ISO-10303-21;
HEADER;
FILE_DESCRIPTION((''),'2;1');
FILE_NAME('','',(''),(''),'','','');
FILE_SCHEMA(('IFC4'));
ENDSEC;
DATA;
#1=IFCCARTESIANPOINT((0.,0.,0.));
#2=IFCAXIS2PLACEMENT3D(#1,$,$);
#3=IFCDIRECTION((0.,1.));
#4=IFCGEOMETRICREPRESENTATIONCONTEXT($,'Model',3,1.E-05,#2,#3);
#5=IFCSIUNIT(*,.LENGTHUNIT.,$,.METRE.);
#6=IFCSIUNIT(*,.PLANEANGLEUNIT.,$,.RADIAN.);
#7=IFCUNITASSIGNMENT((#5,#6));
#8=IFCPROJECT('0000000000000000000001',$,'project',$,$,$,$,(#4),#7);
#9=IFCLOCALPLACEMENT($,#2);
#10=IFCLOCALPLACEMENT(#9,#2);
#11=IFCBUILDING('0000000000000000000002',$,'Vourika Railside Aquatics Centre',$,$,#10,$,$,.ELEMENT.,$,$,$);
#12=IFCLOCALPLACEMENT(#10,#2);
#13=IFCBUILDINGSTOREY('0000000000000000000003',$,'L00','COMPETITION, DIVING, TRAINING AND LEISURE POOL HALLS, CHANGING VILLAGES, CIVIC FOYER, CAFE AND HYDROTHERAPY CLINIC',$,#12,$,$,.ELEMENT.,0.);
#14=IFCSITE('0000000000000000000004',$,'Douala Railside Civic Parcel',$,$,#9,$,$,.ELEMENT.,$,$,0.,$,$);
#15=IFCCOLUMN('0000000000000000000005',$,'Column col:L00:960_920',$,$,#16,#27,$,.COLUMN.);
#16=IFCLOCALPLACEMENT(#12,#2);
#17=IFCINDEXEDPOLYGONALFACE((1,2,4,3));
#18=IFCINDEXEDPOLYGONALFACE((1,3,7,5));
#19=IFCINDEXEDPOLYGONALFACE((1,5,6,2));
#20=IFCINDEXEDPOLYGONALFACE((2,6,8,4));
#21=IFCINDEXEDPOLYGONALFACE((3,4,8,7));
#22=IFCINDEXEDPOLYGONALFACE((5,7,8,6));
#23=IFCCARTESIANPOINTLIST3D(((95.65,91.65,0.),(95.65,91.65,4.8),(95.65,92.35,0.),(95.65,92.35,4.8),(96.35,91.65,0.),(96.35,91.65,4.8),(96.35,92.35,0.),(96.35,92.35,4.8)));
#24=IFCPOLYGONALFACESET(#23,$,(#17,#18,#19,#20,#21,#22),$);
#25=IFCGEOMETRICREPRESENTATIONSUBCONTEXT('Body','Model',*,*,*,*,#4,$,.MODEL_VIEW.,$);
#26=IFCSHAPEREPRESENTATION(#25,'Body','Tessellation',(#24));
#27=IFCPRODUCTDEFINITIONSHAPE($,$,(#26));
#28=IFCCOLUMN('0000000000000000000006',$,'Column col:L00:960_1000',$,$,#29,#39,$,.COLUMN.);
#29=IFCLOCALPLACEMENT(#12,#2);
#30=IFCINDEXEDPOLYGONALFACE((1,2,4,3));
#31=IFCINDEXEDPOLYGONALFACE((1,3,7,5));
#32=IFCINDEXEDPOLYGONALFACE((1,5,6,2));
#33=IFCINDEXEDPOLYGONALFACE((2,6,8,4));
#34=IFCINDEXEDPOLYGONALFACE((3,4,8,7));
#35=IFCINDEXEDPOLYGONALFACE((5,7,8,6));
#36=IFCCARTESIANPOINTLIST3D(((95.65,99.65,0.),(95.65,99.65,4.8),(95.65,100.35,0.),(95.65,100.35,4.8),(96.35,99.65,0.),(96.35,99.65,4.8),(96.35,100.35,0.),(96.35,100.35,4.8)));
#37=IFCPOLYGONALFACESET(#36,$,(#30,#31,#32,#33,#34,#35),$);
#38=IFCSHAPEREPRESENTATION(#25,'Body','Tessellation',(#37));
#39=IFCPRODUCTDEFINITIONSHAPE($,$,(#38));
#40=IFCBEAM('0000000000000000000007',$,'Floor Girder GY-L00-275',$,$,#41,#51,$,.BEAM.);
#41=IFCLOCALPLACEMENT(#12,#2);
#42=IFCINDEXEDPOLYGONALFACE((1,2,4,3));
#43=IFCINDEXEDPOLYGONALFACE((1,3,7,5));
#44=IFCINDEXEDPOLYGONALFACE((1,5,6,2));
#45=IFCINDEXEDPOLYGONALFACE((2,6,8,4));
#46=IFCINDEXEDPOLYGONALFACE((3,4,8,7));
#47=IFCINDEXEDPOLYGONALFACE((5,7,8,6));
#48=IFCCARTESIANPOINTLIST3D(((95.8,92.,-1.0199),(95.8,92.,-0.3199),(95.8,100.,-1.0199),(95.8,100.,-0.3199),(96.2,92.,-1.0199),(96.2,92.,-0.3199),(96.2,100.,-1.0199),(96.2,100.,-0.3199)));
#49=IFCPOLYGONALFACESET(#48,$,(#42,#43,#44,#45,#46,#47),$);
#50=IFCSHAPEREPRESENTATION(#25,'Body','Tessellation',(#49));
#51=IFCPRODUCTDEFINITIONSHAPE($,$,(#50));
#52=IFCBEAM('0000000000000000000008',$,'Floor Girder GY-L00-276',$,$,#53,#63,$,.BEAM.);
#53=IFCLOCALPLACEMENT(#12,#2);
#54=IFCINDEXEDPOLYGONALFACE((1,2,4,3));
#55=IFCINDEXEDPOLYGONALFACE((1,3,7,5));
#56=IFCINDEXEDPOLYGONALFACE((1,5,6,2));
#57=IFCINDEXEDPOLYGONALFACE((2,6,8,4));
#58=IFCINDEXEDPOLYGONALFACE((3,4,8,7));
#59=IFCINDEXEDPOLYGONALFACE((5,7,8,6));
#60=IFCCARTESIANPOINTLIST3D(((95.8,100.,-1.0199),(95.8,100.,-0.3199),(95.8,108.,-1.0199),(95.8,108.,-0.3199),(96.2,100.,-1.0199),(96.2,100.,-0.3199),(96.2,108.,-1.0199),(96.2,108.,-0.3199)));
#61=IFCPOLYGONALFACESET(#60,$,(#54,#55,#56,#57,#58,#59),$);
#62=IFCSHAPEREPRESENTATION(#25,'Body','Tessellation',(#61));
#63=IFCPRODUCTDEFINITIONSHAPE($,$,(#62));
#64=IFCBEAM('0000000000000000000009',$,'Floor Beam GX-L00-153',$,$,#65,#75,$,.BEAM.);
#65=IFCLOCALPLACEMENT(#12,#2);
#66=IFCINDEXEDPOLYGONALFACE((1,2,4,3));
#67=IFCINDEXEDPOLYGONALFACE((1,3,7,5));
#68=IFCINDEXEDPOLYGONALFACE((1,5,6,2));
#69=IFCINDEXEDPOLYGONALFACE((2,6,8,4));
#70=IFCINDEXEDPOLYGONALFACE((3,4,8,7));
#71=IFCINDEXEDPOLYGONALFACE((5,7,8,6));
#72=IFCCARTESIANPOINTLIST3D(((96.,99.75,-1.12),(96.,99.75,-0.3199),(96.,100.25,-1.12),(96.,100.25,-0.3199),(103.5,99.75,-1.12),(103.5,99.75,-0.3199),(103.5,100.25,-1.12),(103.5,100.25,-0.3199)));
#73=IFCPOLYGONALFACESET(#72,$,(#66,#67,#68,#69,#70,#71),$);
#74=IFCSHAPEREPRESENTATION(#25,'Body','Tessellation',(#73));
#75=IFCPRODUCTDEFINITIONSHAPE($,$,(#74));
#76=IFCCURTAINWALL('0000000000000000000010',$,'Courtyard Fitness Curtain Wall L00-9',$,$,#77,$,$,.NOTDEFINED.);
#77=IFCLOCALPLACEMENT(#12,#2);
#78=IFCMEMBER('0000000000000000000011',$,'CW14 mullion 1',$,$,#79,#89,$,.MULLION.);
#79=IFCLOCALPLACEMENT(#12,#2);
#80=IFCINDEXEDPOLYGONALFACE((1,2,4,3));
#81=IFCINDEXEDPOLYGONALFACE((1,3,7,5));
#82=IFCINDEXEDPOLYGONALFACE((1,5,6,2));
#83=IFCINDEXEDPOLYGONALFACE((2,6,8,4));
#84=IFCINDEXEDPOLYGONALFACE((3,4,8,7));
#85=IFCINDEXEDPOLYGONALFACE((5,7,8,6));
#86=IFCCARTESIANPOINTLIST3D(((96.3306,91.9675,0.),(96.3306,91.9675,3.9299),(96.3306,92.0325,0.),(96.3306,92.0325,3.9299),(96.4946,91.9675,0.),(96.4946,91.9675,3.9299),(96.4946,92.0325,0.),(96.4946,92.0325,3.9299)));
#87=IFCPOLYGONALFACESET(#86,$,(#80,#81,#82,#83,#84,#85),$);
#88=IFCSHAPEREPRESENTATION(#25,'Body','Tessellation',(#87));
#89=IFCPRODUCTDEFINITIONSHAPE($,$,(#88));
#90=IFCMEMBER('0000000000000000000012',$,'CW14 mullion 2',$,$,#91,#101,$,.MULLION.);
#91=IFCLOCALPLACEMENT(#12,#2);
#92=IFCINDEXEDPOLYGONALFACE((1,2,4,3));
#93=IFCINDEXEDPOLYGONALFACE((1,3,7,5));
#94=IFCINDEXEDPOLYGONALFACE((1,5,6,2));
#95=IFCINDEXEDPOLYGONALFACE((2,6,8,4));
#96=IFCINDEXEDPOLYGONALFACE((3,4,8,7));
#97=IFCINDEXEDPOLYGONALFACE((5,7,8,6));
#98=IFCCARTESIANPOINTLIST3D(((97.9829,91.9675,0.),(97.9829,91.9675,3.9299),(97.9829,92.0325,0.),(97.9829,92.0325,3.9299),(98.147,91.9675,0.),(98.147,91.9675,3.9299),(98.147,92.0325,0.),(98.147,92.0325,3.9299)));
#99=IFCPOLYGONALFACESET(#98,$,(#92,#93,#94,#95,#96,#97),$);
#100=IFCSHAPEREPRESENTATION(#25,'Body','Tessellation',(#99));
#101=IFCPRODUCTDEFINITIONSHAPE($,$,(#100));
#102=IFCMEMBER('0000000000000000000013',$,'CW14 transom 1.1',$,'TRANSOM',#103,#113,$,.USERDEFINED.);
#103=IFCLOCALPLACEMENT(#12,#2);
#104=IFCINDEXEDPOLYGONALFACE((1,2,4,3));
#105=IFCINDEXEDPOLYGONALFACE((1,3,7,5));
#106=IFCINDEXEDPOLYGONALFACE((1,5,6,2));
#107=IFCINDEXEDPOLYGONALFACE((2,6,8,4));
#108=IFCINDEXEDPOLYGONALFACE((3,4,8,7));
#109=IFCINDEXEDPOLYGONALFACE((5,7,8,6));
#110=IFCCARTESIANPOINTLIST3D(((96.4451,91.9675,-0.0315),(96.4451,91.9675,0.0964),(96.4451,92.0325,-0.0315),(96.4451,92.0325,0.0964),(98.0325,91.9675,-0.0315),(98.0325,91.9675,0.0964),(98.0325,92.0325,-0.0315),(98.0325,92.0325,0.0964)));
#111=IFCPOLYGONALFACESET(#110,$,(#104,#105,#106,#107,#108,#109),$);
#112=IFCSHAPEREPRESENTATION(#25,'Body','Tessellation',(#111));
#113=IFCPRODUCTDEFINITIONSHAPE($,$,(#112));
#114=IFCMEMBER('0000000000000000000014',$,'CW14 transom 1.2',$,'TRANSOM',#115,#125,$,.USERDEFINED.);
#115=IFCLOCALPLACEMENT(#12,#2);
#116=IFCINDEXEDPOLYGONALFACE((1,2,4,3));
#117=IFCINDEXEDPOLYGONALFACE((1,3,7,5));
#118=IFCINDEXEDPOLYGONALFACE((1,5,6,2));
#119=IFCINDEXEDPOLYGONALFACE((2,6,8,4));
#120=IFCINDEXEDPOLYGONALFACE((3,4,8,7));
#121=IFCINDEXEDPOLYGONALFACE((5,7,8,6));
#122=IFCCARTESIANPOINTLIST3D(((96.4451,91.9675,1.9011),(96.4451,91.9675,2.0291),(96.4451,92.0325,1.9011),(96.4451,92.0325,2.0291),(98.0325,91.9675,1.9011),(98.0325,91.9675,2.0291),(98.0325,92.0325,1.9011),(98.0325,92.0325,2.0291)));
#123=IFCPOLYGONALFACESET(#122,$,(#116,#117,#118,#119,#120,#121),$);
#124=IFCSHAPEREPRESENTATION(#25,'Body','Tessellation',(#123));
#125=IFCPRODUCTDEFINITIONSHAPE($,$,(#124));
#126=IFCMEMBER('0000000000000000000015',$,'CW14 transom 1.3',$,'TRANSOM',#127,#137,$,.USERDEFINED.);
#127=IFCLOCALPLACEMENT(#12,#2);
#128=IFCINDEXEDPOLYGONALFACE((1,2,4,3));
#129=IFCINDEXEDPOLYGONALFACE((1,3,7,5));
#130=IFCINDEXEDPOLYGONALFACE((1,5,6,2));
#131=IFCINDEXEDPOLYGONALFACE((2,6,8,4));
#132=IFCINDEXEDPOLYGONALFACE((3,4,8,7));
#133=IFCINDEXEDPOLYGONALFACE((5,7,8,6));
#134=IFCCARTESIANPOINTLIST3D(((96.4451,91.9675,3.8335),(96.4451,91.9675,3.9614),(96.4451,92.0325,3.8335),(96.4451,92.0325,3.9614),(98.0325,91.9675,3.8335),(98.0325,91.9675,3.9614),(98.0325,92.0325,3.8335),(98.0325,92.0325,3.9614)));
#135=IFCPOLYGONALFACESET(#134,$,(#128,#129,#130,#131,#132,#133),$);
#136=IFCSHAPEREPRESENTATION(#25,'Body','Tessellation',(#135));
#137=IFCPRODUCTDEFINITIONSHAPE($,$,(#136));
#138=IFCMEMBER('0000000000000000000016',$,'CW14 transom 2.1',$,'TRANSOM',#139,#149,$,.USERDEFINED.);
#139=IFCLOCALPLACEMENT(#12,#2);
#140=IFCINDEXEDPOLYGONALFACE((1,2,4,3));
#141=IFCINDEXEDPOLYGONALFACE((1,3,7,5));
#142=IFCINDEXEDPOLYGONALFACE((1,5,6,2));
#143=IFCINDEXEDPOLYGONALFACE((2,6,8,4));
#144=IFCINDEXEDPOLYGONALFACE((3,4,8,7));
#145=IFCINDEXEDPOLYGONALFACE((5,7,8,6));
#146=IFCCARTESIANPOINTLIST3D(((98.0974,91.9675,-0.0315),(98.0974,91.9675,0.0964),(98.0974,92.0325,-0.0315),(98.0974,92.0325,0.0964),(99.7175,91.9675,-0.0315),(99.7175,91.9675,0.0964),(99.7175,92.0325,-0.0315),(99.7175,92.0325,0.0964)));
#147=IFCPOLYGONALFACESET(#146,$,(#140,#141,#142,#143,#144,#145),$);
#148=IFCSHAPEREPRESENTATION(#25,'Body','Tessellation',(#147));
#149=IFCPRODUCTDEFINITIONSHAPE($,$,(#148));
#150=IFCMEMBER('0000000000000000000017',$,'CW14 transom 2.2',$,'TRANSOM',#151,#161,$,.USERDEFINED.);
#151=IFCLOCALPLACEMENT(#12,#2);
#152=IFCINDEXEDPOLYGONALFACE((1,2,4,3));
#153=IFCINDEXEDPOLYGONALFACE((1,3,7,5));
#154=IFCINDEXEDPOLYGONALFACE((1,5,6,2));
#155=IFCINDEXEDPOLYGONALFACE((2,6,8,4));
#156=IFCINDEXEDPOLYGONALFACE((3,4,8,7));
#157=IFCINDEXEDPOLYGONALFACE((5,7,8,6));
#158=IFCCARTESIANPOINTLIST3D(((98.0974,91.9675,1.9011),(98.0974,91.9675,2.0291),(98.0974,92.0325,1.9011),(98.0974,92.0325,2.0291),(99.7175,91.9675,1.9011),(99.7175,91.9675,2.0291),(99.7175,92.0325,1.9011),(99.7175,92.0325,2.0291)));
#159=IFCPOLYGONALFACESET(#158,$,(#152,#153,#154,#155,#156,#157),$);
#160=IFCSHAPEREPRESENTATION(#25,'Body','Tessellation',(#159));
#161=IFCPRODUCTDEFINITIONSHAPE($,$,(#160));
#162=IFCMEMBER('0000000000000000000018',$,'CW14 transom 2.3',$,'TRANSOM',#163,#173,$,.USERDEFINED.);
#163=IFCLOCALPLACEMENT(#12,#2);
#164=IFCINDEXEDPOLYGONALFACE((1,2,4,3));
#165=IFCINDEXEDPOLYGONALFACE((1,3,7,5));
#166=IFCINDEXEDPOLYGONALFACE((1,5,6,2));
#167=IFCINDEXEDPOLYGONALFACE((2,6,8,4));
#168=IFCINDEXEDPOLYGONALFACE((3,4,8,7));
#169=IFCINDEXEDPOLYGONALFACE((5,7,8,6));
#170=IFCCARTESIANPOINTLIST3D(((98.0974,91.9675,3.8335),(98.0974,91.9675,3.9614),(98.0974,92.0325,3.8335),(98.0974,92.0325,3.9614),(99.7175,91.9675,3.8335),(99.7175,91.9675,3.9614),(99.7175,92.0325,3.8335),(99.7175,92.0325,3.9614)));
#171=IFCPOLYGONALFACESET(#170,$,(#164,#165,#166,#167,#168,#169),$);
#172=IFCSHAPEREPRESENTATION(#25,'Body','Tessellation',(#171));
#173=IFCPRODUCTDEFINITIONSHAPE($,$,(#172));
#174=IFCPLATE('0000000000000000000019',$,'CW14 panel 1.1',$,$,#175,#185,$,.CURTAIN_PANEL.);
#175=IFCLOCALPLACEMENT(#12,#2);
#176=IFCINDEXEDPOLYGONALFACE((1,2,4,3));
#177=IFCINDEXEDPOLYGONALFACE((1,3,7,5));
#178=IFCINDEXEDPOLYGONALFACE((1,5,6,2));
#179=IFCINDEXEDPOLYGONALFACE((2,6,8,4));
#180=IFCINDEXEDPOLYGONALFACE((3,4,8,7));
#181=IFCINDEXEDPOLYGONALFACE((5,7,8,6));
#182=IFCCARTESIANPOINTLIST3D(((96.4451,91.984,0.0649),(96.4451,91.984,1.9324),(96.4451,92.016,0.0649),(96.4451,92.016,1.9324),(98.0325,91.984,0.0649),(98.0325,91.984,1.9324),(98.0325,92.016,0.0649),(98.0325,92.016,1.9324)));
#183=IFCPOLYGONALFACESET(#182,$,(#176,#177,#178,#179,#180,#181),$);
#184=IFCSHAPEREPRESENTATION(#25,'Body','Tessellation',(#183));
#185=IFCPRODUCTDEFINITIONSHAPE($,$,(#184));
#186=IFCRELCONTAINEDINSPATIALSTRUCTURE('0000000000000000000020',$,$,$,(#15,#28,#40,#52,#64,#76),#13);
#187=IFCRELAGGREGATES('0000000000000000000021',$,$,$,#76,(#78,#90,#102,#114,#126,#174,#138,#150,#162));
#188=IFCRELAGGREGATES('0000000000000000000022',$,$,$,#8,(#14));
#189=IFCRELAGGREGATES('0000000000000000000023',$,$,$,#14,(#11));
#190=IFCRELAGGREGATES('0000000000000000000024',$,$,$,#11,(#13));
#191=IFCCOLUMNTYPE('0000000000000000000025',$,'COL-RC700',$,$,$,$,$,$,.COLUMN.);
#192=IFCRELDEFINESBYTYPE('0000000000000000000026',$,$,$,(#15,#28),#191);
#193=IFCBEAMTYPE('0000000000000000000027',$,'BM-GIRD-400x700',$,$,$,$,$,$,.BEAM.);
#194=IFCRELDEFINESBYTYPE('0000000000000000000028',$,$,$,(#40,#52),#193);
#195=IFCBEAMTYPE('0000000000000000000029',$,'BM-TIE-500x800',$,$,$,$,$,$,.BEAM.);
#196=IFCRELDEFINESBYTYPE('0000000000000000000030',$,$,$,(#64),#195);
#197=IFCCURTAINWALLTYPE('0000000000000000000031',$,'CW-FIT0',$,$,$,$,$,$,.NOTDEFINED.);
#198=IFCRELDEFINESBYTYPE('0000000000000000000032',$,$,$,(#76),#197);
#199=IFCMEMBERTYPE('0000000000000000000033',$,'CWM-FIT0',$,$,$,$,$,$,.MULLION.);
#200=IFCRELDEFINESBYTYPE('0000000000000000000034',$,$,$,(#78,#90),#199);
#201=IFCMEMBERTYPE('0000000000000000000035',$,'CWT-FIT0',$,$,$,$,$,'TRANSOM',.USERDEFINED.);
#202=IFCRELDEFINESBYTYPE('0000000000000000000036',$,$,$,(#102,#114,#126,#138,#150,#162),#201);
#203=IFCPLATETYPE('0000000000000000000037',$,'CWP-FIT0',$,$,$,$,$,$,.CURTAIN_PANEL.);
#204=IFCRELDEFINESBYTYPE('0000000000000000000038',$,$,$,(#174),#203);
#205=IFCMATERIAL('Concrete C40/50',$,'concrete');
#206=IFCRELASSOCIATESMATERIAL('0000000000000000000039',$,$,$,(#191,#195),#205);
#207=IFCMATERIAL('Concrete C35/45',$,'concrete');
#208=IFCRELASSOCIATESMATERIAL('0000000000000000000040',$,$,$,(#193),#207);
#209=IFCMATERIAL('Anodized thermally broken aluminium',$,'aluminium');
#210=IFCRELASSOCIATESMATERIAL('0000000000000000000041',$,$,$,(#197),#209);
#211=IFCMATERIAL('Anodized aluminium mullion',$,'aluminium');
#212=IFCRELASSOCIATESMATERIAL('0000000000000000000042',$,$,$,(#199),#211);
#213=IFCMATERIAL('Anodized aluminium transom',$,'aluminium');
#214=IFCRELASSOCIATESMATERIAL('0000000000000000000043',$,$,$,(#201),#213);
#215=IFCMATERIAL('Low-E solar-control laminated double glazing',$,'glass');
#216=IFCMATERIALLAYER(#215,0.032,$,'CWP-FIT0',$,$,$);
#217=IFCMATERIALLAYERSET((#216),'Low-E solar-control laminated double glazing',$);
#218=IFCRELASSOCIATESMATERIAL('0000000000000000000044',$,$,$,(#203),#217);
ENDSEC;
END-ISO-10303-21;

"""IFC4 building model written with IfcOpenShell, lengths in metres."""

from ifc_helpers import new_model, si_unit, direction, frame, origin, origin_2d, place, context, subcontext, project, spatial, rectangle, extrude, material, layer, layer_set, material_profile, profile_set, type_object, element, aggregate, save


model = new_model("IFC4")

# Units and contexts
model_context = context("Model", 3, precision=1e-05, world=origin(), true_north=direction((0.0, 1.0)))
body_context = subcontext(model_context, "Body", "Model", "MODEL_VIEW")
ifc_project = project(units=[si_unit("LENGTHUNIT", "METRE"), si_unit("PLANEANGLEUNIT", "RADIAN")], contexts=[model_context])

# Site, building, storey
site_placement = place(None, origin())
site = spatial("IfcSite", under=ifc_project, at=site_placement, Name="Douala Railside Civic Parcel", CompositionType="ELEMENT", RefElevation=0.0)
building_placement = place(site_placement, origin())
building = spatial("IfcBuilding", under=site, at=building_placement, Name="Vourika Railside Aquatics Centre", CompositionType="ELEMENT")
storey_placement = place(building_placement, origin())
storey = spatial("IfcBuildingStorey", under=building, at=storey_placement, Name="L00", Description="COMPETITION, DIVING, TRAINING AND LEISURE POOL HALLS, CHANGING VILLAGES, CIVIC FOYER, CAFE AND HYDROTHERAPY CLINIC", CompositionType="ELEMENT", Elevation=0.0)

# Columns
ifc_material_1 = material(Name="Concrete C40/50", Category="concrete")
ifc_material_profile_1 = material_profile(ifc_material_1, rectangle(XDim=0.7, YDim=0.7, at=origin_2d()), Name="RC 700x700")
ifc_profile_set_1 = profile_set([ifc_material_profile_1], Name="Concrete C40/50")
column_type = type_object("IfcColumnType", Name="COL-RC700", PredefinedType="COLUMN", material=ifc_profile_set_1)
for number, where, z_axis, x_axis, name in (
    (1, (96.0, 92.0, 0.0), (0.0, 0.0, 1.0), (1.0, 0.0, 0.0), "Column col:L00:960_920"),
    (2, (96.0, 100.0, 0.0), (0.0, 0.0, 1.0), (1.0, 0.0, 0.0), "Column col:L00:960_1000"),
):
    element("IfcColumn", number, at=place(storey_placement, frame(where, z_axis=z_axis, x_axis=x_axis)), inside=storey, type_object=column_type, Name=name, PredefinedType="COLUMN", context=body_context, shape_type="SweptSolid", body=[
        extrude(rectangle(XDim=0.7, YDim=0.7, at=origin_2d()), origin(), (0.0, 0.0, 1.0), 4.8),
    ])

# Beams
ifc_material_2 = material(Name="Concrete C35/45", Category="concrete")
ifc_material_profile_2 = material_profile(ifc_material_2, rectangle(XDim=0.3999, YDim=0.7, at=origin_2d()), Name="RC 400x700")
ifc_profile_set_2 = profile_set([ifc_material_profile_2], Name="Concrete C35/45")
beam_type_1 = type_object("IfcBeamType", Name="BM-GIRD-400x700", PredefinedType="BEAM", material=ifc_profile_set_2)
for number, where, z_axis, x_axis, name in (
    (3, (96.0, 92.0, -0.6699), (0.0, 1.0, 0.0), (-1.0, 0.0, 0.0), "Floor Girder GY-L00-275"),
    (4, (96.0, 100.0, -0.6699), (0.0, 1.0, 0.0), (-1.0, 0.0, 0.0), "Floor Girder GY-L00-276"),
):
    element("IfcBeam", number, at=place(storey_placement, frame(where, z_axis=z_axis, x_axis=x_axis)), inside=storey, type_object=beam_type_1, Name=name, PredefinedType="BEAM", context=body_context, shape_type="SweptSolid", body=[
        extrude(rectangle(XDim=0.3999, YDim=0.7, at=origin_2d()), origin(), (0.0, 0.0, 1.0), 8.0),
    ])
ifc_material_profile_3 = material_profile(ifc_material_1, rectangle(XDim=0.5, YDim=0.8, at=origin_2d()), Name="RC 500x800")
ifc_profile_set_3 = profile_set([ifc_material_profile_3], Name="Concrete C40/50")
beam_type_2 = type_object("IfcBeamType", Name="BM-TIE-500x800", PredefinedType="BEAM", material=ifc_profile_set_3)
beam_placement = place(storey_placement, frame((96.0, 100.0, -0.72), z_axis=(1.0, 0.0, 0.0), x_axis=(0.0, 1.0, 0.0)))
element("IfcBeam", 5, at=beam_placement, inside=storey, type_object=beam_type_2, Name="Floor Beam GX-L00-153", PredefinedType="BEAM", context=body_context, shape_type="SweptSolid", body=[
    extrude(rectangle(XDim=0.5, YDim=0.8, at=origin_2d()), origin(), (0.0, 0.0, 1.0), 7.5),
])

# Curtain wall, members, plate
ifc_material_3 = material(Name="Anodized thermally broken aluminium", Category="aluminium")
curtain_wall_type = type_object("IfcCurtainWallType", Name="CW-FIT0", PredefinedType="NOTDEFINED", material=ifc_material_3)
curtain_wall_placement = place(storey_placement, origin())
curtain_wall = element("IfcCurtainWall", 6, at=curtain_wall_placement, inside=storey, type_object=curtain_wall_type, Name="Courtyard Fitness Curtain Wall L00-9", PredefinedType="NOTDEFINED")
ifc_material_4 = material(Name="Anodized aluminium mullion", Category="aluminium")
ifc_material_profile_4 = material_profile(ifc_material_4, rectangle(XDim=0.0649, YDim=0.1641, at=origin_2d()), Name="ALU-M 65x164")
ifc_profile_set_4 = profile_set([ifc_material_profile_4], Name="Anodized aluminium mullion")
member_type_1 = type_object("IfcMemberType", Name="CWM-FIT0", PredefinedType="MULLION", material=ifc_profile_set_4)
member_1_placement = place(storey_placement, frame((96.4126, 92.0, 0.0), z_axis=(0.0, 0.0, 1.0), x_axis=(0.0, 1.0, 0.0)))
member_1 = element("IfcMember", 7, at=member_1_placement, type_object=member_type_1, Name="CW14 mullion 1", PredefinedType="MULLION", context=body_context, shape_type="SweptSolid", body=[
    extrude(rectangle(XDim=0.0649, YDim=0.1641, at=origin_2d()), origin(), (0.0, 0.0, 1.0), 3.9299),
])
member_2_placement = place(storey_placement, frame((98.0649, 92.0, 0.0), z_axis=(0.0, 0.0, 1.0), x_axis=(0.0, 1.0, 0.0)))
member_2 = element("IfcMember", 8, at=member_2_placement, type_object=member_type_1, Name="CW14 mullion 2", PredefinedType="MULLION", context=body_context, shape_type="SweptSolid", body=[
    extrude(rectangle(XDim=0.0649, YDim=0.1641, at=origin_2d()), origin(), (0.0, 0.0, 1.0), 3.9299),
])
ifc_material_5 = material(Name="Anodized aluminium transom", Category="aluminium")
ifc_material_profile_5 = material_profile(ifc_material_5, rectangle(XDim=0.0649, YDim=0.1279, at=origin_2d()), Name="ALU-T 65x128")
ifc_profile_set_5 = profile_set([ifc_material_profile_5], Name="Anodized aluminium transom")
member_type_2 = type_object("IfcMemberType", Name="CWT-FIT0", ElementType="TRANSOM", PredefinedType="USERDEFINED", material=ifc_profile_set_5)
member_3_placement = place(storey_placement, frame((96.4451, 92.0, 0.0325), z_axis=(1.0, 0.0, 0.0), x_axis=(0.0, 1.0, 0.0)))
member_3 = element("IfcMember", 9, at=member_3_placement, type_object=member_type_2, Name="CW14 transom 1.1", ObjectType="TRANSOM", PredefinedType="USERDEFINED", context=body_context, shape_type="SweptSolid", body=[
    extrude(rectangle(XDim=0.0649, YDim=0.1279, at=origin_2d()), origin(), (0.0, 0.0, 1.0), 1.5874),
])
member_4_placement = place(storey_placement, frame((96.4451, 92.0, 1.9651), z_axis=(1.0, 0.0, 0.0), x_axis=(0.0, 1.0, 0.0)))
member_4 = element("IfcMember", 10, at=member_4_placement, type_object=member_type_2, Name="CW14 transom 1.2", ObjectType="TRANSOM", PredefinedType="USERDEFINED", context=body_context, shape_type="SweptSolid", body=[
    extrude(rectangle(XDim=0.0649, YDim=0.1279, at=origin_2d()), origin(), (0.0, 0.0, 1.0), 1.5874),
])
member_5_placement = place(storey_placement, frame((96.4451, 92.0, 3.8975), z_axis=(1.0, 0.0, 0.0), x_axis=(0.0, 1.0, 0.0)))
member_5 = element("IfcMember", 11, at=member_5_placement, type_object=member_type_2, Name="CW14 transom 1.3", ObjectType="TRANSOM", PredefinedType="USERDEFINED", context=body_context, shape_type="SweptSolid", body=[
    extrude(rectangle(XDim=0.0649, YDim=0.1279, at=origin_2d()), origin(), (0.0, 0.0, 1.0), 1.5874),
])
member_6_placement = place(storey_placement, frame((98.0974, 92.0, 0.0325), z_axis=(1.0, 0.0, 0.0), x_axis=(0.0, 1.0, 0.0)))
member_6 = element("IfcMember", 12, at=member_6_placement, type_object=member_type_2, Name="CW14 transom 2.1", ObjectType="TRANSOM", PredefinedType="USERDEFINED", context=body_context, shape_type="SweptSolid", body=[
    extrude(rectangle(XDim=0.0649, YDim=0.1279, at=origin_2d()), origin(), (0.0, 0.0, 1.0), 1.6201),
])
member_7_placement = place(storey_placement, frame((98.0974, 92.0, 1.9651), z_axis=(1.0, 0.0, 0.0), x_axis=(0.0, 1.0, 0.0)))
member_7 = element("IfcMember", 13, at=member_7_placement, type_object=member_type_2, Name="CW14 transom 2.2", ObjectType="TRANSOM", PredefinedType="USERDEFINED", context=body_context, shape_type="SweptSolid", body=[
    extrude(rectangle(XDim=0.0649, YDim=0.1279, at=origin_2d()), origin(), (0.0, 0.0, 1.0), 1.6201),
])
member_8_placement = place(storey_placement, frame((98.0974, 92.0, 3.8975), z_axis=(1.0, 0.0, 0.0), x_axis=(0.0, 1.0, 0.0)))
member_8 = element("IfcMember", 14, at=member_8_placement, type_object=member_type_2, Name="CW14 transom 2.3", ObjectType="TRANSOM", PredefinedType="USERDEFINED", context=body_context, shape_type="SweptSolid", body=[
    extrude(rectangle(XDim=0.0649, YDim=0.1279, at=origin_2d()), origin(), (0.0, 0.0, 1.0), 1.6201),
])
ifc_material_6 = material(Name="Low-E solar-control laminated double glazing", Category="glass")
ifc_layer = layer(ifc_material_6, 0.032, Name="CWP-FIT0")
ifc_layer_set = layer_set([ifc_layer], Name="Low-E solar-control laminated double glazing")
plate_type = type_object("IfcPlateType", Name="CWP-FIT0", PredefinedType="CURTAIN_PANEL", material=ifc_layer_set)
plate_1_placement = place(storey_placement, frame((97.2388, 92.0, 0.0649), z_axis=(0.0, 0.0, 1.0), x_axis=(1.0, 0.0, 0.0)))
plate_1 = element("IfcPlate", 15, at=plate_1_placement, type_object=plate_type, Name="CW14 panel 1.1", PredefinedType="CURTAIN_PANEL", context=body_context, shape_type="SweptSolid", body=[
    extrude(rectangle(XDim=1.5874, YDim=0.032, at=origin_2d()), origin(), (0.0, 0.0, 1.0), 1.8674),
])
aggregate(curtain_wall, [member_1, member_2, member_3, member_4, member_5, plate_1, member_6, member_7, member_8])

save(model, "model.ifc")
